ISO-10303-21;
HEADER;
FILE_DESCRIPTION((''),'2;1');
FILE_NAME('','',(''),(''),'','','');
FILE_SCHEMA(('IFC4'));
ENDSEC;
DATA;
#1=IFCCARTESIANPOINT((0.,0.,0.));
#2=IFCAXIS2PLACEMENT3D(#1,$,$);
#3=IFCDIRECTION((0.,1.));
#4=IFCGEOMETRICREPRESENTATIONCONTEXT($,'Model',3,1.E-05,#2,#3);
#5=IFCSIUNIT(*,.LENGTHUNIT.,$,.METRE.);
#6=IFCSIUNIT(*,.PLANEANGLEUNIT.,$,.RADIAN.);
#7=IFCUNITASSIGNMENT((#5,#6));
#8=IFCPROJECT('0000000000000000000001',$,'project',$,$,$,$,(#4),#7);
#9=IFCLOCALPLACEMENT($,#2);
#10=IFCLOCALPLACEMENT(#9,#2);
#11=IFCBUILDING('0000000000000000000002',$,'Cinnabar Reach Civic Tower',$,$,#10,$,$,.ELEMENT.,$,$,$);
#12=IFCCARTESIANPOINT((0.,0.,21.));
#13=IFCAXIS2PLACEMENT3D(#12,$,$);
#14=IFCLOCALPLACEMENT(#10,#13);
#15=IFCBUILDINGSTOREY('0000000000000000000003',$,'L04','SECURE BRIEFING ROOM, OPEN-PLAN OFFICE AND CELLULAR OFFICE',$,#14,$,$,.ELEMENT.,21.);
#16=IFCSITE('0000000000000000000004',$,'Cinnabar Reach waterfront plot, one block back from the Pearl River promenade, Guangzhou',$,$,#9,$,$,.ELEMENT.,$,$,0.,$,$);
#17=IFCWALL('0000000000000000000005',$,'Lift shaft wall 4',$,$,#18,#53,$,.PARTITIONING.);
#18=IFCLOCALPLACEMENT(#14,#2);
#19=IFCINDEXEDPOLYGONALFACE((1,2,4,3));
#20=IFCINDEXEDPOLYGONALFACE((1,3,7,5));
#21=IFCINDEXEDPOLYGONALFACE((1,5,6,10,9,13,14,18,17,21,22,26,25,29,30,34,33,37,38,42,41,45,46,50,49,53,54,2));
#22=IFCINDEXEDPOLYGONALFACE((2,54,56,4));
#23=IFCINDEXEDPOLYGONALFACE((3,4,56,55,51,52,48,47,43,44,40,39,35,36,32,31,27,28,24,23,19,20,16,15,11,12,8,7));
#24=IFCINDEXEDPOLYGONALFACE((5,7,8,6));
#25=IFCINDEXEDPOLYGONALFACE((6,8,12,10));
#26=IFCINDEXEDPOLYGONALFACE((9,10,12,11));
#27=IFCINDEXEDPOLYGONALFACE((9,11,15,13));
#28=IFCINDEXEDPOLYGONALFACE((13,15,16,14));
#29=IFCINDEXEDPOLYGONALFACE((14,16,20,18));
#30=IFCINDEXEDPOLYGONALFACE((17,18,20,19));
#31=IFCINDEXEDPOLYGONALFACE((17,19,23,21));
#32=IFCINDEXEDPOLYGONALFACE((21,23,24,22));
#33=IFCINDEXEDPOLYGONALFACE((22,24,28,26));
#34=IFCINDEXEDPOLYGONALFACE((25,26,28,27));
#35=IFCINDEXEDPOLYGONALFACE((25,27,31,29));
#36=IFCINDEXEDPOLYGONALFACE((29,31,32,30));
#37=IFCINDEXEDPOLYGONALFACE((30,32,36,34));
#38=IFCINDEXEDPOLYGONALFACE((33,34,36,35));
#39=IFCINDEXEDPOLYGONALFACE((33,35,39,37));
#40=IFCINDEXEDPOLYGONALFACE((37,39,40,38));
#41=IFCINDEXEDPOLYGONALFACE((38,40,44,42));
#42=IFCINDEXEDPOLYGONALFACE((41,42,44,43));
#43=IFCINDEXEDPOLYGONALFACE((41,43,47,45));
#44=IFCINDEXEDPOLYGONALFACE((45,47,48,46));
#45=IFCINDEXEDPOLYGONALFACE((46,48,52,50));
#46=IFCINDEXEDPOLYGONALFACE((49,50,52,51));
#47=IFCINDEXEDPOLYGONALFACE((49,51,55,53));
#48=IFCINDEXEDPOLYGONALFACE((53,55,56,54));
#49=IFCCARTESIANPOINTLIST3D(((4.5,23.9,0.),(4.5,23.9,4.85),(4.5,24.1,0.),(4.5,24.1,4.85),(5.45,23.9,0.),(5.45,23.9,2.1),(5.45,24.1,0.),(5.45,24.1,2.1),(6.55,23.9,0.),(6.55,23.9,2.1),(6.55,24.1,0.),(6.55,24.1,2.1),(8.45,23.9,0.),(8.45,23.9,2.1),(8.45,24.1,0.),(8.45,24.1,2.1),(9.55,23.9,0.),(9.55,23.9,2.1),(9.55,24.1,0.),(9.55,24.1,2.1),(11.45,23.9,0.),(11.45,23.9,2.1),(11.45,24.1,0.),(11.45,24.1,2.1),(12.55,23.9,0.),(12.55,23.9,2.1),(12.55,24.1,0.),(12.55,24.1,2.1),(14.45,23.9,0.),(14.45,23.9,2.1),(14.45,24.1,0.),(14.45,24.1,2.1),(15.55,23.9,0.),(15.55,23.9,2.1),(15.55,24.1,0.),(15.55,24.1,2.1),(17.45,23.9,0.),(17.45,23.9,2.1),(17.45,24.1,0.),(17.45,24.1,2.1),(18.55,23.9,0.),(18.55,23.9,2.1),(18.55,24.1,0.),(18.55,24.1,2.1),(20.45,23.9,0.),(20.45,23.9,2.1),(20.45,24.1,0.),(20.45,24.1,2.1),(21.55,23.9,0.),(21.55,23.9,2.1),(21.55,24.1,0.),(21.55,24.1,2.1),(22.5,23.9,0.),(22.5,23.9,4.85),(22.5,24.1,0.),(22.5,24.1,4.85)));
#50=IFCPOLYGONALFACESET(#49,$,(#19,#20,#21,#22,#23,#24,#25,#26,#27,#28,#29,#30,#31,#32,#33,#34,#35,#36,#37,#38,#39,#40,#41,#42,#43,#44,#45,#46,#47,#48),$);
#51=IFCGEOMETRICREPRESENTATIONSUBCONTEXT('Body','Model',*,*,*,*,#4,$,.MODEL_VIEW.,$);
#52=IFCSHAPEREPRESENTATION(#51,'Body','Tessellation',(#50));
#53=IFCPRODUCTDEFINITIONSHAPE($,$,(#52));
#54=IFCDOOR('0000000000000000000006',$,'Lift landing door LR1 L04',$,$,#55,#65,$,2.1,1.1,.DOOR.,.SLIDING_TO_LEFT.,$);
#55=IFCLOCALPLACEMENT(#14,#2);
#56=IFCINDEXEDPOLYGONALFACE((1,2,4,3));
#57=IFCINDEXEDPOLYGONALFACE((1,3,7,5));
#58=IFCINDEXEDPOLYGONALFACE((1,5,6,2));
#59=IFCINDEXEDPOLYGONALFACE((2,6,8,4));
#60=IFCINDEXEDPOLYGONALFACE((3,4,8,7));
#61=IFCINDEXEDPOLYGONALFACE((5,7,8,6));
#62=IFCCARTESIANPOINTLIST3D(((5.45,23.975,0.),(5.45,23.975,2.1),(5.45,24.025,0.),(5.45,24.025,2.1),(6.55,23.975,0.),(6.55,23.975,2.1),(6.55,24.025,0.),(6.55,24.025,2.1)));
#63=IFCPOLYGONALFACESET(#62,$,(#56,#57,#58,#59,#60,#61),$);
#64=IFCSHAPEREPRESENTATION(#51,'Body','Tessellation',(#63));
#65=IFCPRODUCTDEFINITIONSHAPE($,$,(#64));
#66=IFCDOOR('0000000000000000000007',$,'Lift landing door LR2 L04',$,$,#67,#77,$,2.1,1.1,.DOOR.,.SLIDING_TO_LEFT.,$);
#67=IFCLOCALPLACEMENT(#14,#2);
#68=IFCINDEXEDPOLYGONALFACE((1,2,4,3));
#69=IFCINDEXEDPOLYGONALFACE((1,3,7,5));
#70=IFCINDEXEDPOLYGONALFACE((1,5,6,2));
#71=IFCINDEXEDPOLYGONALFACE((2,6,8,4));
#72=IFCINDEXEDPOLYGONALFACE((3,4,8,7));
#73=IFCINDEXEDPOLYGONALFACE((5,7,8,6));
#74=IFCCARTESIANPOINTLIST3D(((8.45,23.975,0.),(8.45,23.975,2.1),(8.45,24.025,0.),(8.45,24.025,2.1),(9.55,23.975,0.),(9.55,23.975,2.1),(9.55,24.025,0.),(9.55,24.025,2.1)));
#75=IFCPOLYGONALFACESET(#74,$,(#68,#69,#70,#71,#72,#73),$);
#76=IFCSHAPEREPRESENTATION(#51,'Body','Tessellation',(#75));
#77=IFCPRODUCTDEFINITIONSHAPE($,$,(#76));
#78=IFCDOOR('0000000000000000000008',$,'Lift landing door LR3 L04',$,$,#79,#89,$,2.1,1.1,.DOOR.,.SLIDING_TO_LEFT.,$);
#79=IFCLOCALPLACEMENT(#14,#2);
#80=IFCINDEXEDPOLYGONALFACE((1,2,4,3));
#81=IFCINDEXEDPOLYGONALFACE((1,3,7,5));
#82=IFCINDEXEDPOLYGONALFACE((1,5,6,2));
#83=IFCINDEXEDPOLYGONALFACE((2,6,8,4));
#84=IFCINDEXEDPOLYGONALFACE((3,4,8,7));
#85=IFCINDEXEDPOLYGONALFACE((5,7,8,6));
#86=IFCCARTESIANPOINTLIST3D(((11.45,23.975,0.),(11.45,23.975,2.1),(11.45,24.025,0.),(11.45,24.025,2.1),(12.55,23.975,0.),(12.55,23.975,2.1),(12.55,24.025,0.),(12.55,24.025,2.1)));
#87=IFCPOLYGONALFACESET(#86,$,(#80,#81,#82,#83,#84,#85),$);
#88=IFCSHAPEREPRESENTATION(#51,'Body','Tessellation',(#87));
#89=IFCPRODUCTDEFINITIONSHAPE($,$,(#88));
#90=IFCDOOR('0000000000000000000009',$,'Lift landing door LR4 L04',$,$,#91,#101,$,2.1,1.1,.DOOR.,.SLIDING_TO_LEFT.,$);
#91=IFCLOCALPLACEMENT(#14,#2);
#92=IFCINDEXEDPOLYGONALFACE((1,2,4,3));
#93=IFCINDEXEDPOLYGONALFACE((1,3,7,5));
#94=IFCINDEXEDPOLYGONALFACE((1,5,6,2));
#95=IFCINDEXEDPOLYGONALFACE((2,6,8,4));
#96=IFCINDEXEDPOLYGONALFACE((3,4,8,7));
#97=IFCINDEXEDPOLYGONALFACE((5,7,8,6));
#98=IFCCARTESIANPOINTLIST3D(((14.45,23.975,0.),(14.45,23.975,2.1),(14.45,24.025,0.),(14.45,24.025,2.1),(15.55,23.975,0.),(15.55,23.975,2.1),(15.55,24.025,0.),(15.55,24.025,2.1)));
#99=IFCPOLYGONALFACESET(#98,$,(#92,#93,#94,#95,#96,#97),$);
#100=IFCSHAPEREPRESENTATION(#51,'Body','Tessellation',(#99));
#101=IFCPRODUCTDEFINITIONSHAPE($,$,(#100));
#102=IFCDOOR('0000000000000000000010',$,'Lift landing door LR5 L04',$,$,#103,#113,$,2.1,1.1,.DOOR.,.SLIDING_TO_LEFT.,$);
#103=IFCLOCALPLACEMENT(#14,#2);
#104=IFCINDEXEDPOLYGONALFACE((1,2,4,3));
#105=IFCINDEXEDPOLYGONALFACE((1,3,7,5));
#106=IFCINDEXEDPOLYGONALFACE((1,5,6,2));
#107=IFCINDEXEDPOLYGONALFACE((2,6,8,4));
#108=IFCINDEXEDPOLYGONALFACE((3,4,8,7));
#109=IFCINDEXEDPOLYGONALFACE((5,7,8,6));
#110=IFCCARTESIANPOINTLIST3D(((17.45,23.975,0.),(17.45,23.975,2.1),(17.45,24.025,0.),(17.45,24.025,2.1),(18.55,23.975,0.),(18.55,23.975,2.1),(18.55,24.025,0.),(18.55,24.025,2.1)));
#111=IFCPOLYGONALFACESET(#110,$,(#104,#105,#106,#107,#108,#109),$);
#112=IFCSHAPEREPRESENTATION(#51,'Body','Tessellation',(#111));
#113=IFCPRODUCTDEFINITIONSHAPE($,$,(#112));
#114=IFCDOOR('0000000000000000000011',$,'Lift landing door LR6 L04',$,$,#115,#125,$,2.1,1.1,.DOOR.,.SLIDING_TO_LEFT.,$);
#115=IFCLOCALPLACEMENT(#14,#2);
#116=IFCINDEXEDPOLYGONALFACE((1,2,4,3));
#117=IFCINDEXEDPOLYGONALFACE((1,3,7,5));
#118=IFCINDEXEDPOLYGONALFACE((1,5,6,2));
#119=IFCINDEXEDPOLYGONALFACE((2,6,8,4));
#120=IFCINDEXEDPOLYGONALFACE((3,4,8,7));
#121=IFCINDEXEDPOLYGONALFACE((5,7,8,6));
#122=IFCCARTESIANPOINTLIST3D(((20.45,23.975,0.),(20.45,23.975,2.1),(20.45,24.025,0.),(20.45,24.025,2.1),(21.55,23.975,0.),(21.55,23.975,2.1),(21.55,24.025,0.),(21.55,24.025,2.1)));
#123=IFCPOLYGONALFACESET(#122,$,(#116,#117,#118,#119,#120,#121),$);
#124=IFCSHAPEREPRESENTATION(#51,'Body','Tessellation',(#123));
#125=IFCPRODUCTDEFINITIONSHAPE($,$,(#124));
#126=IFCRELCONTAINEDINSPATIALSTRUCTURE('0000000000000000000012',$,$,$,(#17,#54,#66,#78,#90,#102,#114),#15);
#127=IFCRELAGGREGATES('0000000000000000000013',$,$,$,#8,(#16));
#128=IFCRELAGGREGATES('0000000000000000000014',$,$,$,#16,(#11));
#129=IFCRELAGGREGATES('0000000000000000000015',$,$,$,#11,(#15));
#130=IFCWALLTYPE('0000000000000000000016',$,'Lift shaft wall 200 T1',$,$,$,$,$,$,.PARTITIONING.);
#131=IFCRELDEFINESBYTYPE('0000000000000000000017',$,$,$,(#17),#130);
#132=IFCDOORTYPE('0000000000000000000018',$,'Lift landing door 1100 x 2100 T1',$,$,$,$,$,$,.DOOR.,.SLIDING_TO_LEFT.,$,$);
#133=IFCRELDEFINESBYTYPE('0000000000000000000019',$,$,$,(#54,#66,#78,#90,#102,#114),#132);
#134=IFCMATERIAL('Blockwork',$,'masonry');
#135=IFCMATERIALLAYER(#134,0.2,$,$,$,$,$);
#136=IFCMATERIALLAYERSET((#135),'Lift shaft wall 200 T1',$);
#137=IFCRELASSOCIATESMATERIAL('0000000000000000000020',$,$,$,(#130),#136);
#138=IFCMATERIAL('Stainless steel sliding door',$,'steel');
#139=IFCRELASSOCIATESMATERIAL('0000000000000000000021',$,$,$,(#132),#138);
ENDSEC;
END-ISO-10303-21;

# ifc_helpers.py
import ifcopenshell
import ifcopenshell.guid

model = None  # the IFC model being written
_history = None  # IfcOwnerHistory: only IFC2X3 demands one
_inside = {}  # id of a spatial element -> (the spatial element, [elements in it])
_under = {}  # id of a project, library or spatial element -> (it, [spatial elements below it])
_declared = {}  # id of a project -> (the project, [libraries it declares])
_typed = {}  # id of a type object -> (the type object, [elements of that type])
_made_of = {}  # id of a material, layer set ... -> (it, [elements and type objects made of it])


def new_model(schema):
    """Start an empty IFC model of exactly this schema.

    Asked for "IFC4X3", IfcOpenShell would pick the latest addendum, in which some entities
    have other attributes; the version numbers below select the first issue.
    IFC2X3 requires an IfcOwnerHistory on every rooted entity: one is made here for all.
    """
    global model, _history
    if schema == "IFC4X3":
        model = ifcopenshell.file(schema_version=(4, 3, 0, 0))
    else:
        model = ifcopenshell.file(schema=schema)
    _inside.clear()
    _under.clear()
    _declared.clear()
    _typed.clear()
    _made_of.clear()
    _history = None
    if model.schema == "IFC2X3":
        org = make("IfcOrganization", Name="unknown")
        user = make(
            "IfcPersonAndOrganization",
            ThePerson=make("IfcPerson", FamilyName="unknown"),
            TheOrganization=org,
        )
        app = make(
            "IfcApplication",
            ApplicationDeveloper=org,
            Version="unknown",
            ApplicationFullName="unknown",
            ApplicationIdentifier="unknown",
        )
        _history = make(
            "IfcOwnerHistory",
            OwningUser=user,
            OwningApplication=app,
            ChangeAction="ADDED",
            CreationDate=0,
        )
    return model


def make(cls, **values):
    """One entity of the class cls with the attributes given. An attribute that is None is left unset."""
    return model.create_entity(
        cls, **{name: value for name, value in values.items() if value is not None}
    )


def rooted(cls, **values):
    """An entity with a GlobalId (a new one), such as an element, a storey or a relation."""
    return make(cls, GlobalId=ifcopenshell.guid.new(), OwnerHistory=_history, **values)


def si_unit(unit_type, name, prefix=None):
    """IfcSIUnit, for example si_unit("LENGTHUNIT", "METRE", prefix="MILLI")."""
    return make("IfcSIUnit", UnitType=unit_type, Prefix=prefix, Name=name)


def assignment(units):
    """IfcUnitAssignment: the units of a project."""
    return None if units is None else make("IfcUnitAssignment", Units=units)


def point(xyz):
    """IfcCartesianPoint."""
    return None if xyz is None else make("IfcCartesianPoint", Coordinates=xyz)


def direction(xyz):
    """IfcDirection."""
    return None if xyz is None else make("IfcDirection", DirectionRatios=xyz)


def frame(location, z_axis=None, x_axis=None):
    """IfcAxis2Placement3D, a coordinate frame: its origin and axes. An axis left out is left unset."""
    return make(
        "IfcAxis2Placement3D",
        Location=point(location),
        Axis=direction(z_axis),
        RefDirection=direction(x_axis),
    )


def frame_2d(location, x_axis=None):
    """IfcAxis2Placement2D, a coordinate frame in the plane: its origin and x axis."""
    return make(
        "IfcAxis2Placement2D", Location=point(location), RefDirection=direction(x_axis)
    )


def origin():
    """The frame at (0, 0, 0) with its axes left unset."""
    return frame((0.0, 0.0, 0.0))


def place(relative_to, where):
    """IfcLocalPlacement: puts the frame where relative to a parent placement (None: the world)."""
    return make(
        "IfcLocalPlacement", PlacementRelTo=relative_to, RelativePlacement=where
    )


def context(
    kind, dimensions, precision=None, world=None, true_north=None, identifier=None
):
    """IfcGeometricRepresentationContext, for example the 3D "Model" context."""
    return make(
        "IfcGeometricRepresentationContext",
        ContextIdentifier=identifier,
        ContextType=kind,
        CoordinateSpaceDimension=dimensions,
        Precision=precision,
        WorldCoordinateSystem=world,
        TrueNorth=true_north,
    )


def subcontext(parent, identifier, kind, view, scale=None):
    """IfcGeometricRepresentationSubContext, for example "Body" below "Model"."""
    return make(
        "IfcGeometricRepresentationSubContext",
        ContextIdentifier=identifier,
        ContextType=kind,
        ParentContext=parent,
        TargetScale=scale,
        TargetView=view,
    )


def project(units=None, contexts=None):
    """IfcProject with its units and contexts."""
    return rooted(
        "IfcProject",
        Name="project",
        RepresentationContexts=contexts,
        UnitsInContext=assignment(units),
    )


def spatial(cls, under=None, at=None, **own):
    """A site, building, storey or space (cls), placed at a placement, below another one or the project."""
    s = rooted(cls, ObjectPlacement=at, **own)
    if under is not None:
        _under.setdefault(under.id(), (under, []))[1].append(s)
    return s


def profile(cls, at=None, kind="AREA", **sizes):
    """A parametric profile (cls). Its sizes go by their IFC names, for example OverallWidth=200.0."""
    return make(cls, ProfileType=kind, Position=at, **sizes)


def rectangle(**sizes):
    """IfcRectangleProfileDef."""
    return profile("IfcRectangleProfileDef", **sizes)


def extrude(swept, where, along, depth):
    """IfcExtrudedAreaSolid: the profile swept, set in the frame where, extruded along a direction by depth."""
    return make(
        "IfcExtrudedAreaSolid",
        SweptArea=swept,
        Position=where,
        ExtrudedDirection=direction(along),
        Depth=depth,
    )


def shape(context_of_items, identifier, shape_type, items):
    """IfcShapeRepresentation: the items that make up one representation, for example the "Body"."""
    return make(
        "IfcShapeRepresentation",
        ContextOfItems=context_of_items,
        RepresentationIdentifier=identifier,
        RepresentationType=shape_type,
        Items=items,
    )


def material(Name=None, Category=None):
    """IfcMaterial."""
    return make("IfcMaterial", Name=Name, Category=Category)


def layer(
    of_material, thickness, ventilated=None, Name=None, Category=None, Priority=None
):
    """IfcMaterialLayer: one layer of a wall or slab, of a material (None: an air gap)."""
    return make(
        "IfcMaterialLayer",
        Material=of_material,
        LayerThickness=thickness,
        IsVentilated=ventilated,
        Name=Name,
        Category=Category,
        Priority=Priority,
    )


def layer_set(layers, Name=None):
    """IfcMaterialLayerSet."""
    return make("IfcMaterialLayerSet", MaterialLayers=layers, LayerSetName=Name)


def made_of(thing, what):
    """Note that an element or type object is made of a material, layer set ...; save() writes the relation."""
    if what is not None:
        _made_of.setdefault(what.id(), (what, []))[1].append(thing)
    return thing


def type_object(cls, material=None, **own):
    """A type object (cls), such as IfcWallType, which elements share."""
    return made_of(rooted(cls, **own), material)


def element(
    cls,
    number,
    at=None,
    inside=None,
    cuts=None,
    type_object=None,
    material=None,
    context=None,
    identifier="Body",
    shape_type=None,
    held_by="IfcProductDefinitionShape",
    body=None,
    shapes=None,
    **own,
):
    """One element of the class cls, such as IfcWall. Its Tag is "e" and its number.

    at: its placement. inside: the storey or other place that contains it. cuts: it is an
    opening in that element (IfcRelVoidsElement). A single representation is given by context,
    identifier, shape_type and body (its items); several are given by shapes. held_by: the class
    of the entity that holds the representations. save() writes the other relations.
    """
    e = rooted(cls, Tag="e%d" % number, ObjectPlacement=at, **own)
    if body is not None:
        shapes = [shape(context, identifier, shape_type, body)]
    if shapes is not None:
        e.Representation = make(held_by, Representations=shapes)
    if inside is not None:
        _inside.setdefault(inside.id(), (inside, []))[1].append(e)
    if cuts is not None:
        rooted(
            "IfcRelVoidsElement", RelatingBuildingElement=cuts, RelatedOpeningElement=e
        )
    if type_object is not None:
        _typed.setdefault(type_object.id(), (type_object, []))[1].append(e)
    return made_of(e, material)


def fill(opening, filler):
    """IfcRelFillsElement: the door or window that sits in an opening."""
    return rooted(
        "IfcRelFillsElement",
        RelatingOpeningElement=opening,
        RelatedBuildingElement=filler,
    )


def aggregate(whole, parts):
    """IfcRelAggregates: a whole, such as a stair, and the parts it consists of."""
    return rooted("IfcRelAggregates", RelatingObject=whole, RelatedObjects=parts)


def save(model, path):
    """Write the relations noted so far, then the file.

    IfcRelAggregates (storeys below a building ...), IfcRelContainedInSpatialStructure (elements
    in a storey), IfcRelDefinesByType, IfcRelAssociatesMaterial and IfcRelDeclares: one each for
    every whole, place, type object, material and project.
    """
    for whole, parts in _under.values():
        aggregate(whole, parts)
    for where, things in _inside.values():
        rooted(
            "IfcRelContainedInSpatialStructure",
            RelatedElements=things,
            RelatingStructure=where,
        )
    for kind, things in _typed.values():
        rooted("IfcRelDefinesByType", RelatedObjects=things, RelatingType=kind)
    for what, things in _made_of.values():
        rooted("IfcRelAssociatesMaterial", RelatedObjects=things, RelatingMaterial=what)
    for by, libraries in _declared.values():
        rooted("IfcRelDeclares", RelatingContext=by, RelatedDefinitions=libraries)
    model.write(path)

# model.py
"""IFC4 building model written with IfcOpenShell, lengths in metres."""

from ifc_helpers import new_model, si_unit, direction, frame, frame_2d, origin, place, context, subcontext, project, spatial, rectangle, extrude, material, layer, layer_set, type_object, element, fill, save


model = new_model("IFC4")

# Units and contexts
model_context = context("Model", 3, precision=1e-05, world=origin(), true_north=direction((0.0, 1.0)))
body_context = subcontext(model_context, "Body", "Model", "MODEL_VIEW")
ifc_project = project(units=[si_unit("LENGTHUNIT", "METRE"), si_unit("PLANEANGLEUNIT", "RADIAN")], contexts=[model_context])

# Site, building, storey
site_placement = place(None, origin())
site = spatial("IfcSite", under=ifc_project, at=site_placement, Name="Cinnabar Reach waterfront plot, one block back from the Pearl River promenade, Guangzhou", CompositionType="ELEMENT", RefElevation=0.0)
building_placement = place(site_placement, origin())
building = spatial("IfcBuilding", under=site, at=building_placement, Name="Cinnabar Reach Civic Tower", CompositionType="ELEMENT")
storey_placement = place(building_placement, frame((0.0, 0.0, 21.0)))
storey = spatial("IfcBuildingStorey", under=building, at=storey_placement, Name="L04", Description="SECURE BRIEFING ROOM, OPEN-PLAN OFFICE AND CELLULAR OFFICE", CompositionType="ELEMENT", Elevation=21.0)

# Wall, openings, doors
ifc_material_1 = material(Name="Blockwork", Category="masonry")
ifc_layer_1 = layer(ifc_material_1, 0.2)
ifc_layer_set_1 = layer_set([ifc_layer_1], Name="Lift shaft wall 200 T1")
wall_type_1 = type_object("IfcWallType", Name="Lift shaft wall 200 T1", PredefinedType="PARTITIONING", material=ifc_layer_set_1)
wall_1_placement = place(storey_placement, frame((4.5, 24.0, 0.0), z_axis=(0.0, 0.0, 1.0), x_axis=(1.0, 0.0, 0.0)))
wall_1 = element("IfcWall", 1, at=wall_1_placement, inside=storey, type_object=wall_type_1, Name="Lift shaft wall 4", PredefinedType="PARTITIONING", context=body_context, shape_type="SweptSolid", body=[
    extrude(rectangle(XDim=18.0, YDim=0.2, at=frame_2d((9.0, 0.0))), origin(), (0.0, 0.0, 1.0), 4.85),
])
opening_1_placement = place(wall_1_placement, frame((0.95, 0.0, 0.0)))
opening_1 = element("IfcOpeningElement", 2, at=opening_1_placement, cuts=wall_1, PredefinedType="OPENING", context=body_context, shape_type="SweptSolid", body=[
    extrude(rectangle(XDim=1.1, YDim=2.1, at=frame_2d((0.55, 1.05))), frame((0.0, 0.11, 0.0), z_axis=(0.0, -1.0, 0.0), x_axis=(1.0, 0.0, 0.0)), (0.0, 0.0, 1.0), 0.22),
])
opening_2_placement = place(wall_1_placement, frame((3.95, 0.0, 0.0)))
opening_2 = element("IfcOpeningElement", 3, at=opening_2_placement, cuts=wall_1, PredefinedType="OPENING", context=body_context, shape_type="SweptSolid", body=[
    extrude(rectangle(XDim=1.1, YDim=2.1, at=frame_2d((0.55, 1.05))), frame((0.0, 0.11, 0.0), z_axis=(0.0, -1.0, 0.0), x_axis=(1.0, 0.0, 0.0)), (0.0, 0.0, 1.0), 0.22),
])
opening_3_placement = place(wall_1_placement, frame((6.95, 0.0, 0.0)))
opening_3 = element("IfcOpeningElement", 4, at=opening_3_placement, cuts=wall_1, PredefinedType="OPENING", context=body_context, shape_type="SweptSolid", body=[
    extrude(rectangle(XDim=1.1, YDim=2.1, at=frame_2d((0.55, 1.05))), frame((0.0, 0.11, 0.0), z_axis=(0.0, -1.0, 0.0), x_axis=(1.0, 0.0, 0.0)), (0.0, 0.0, 1.0), 0.22),
])
opening_4_placement = place(wall_1_placement, frame((9.95, 0.0, 0.0)))
opening_4 = element("IfcOpeningElement", 5, at=opening_4_placement, cuts=wall_1, PredefinedType="OPENING", context=body_context, shape_type="SweptSolid", body=[
    extrude(rectangle(XDim=1.1, YDim=2.1, at=frame_2d((0.55, 1.05))), frame((0.0, 0.11, 0.0), z_axis=(0.0, -1.0, 0.0), x_axis=(1.0, 0.0, 0.0)), (0.0, 0.0, 1.0), 0.22),
])
opening_5_placement = place(wall_1_placement, frame((12.95, 0.0, 0.0)))
opening_5 = element("IfcOpeningElement", 6, at=opening_5_placement, cuts=wall_1, PredefinedType="OPENING", context=body_context, shape_type="SweptSolid", body=[
    extrude(rectangle(XDim=1.1, YDim=2.1, at=frame_2d((0.55, 1.05))), frame((0.0, 0.11, 0.0), z_axis=(0.0, -1.0, 0.0), x_axis=(1.0, 0.0, 0.0)), (0.0, 0.0, 1.0), 0.22),
])
opening_6_placement = place(wall_1_placement, frame((15.95, 0.0, 0.0)))
opening_6 = element("IfcOpeningElement", 7, at=opening_6_placement, cuts=wall_1, PredefinedType="OPENING", context=body_context, shape_type="SweptSolid", body=[
    extrude(rectangle(XDim=1.1, YDim=2.1, at=frame_2d((0.55, 1.05))), frame((0.0, 0.11, 0.0), z_axis=(0.0, -1.0, 0.0), x_axis=(1.0, 0.0, 0.0)), (0.0, 0.0, 1.0), 0.22),
])
ifc_material_2 = material(Name="Stainless steel sliding door", Category="steel")
door_type_1 = type_object("IfcDoorType", Name="Lift landing door 1100 x 2100 T1", OperationType="SLIDING_TO_LEFT", PredefinedType="DOOR", material=ifc_material_2)
door_1_placement = place(opening_1_placement, origin())
door_1 = element("IfcDoor", 8, at=door_1_placement, inside=storey, type_object=door_type_1, Name="Lift landing door LR1 L04", OperationType="SLIDING_TO_LEFT", OverallHeight=2.1, OverallWidth=1.1, PredefinedType="DOOR", context=body_context, shape_type="SweptSolid", body=[
    extrude(rectangle(XDim=1.1, YDim=2.1, at=frame_2d((0.55, 1.05))), frame((0.0, 0.025, 0.0), z_axis=(0.0, -1.0, 0.0), x_axis=(1.0, 0.0, 0.0)), (0.0, 0.0, 1.0), 0.05),
])
fill(opening_1, door_1)
door_2_placement = place(opening_2_placement, origin())
door_2 = element("IfcDoor", 9, at=door_2_placement, inside=storey, type_object=door_type_1, Name="Lift landing door LR2 L04", OperationType="SLIDING_TO_LEFT", OverallHeight=2.1, OverallWidth=1.1, PredefinedType="DOOR", context=body_context, shape_type="SweptSolid", body=[
    extrude(rectangle(XDim=1.1, YDim=2.1, at=frame_2d((0.55, 1.05))), frame((0.0, 0.025, 0.0), z_axis=(0.0, -1.0, 0.0), x_axis=(1.0, 0.0, 0.0)), (0.0, 0.0, 1.0), 0.05),
])
fill(opening_2, door_2)
door_3_placement = place(opening_3_placement, origin())
door_3 = element("IfcDoor", 10, at=door_3_placement, inside=storey, type_object=door_type_1, Name="Lift landing door LR3 L04", OperationType="SLIDING_TO_LEFT", OverallHeight=2.1, OverallWidth=1.1, PredefinedType="DOOR", context=body_context, shape_type="SweptSolid", body=[
    extrude(rectangle(XDim=1.1, YDim=2.1, at=frame_2d((0.55, 1.05))), frame((0.0, 0.025, 0.0), z_axis=(0.0, -1.0, 0.0), x_axis=(1.0, 0.0, 0.0)), (0.0, 0.0, 1.0), 0.05),
])
fill(opening_3, door_3)
door_4_placement = place(opening_4_placement, origin())
door_4 = element("IfcDoor", 11, at=door_4_placement, inside=storey, type_object=door_type_1, Name="Lift landing door LR4 L04", OperationType="SLIDING_TO_LEFT", OverallHeight=2.1, OverallWidth=1.1, PredefinedType="DOOR", context=body_context, shape_type="SweptSolid", body=[
    extrude(rectangle(XDim=1.1, YDim=2.1, at=frame_2d((0.55, 1.05))), frame((0.0, 0.025, 0.0), z_axis=(0.0, -1.0, 0.0), x_axis=(1.0, 0.0, 0.0)), (0.0, 0.0, 1.0), 0.05),
])
fill(opening_4, door_4)
door_5_placement = place(opening_5_placement, origin())
door_5 = element("IfcDoor", 12, at=door_5_placement, inside=storey, type_object=door_type_1, Name="Lift landing door LR5 L04", OperationType="SLIDING_TO_LEFT", OverallHeight=2.1, OverallWidth=1.1, PredefinedType="DOOR", context=body_context, shape_type="SweptSolid", body=[
    extrude(rectangle(XDim=1.1, YDim=2.1, at=frame_2d((0.55, 1.05))), frame((0.0, 0.025, 0.0), z_axis=(0.0, -1.0, 0.0), x_axis=(1.0, 0.0, 0.0)), (0.0, 0.0, 1.0), 0.05),
])
fill(opening_5, door_5)
door_6_placement = place(opening_6_placement, origin())
door_6 = element("IfcDoor", 13, at=door_6_placement, inside=storey, type_object=door_type_1, Name="Lift landing door LR6 L04", OperationType="SLIDING_TO_LEFT", OverallHeight=2.1, OverallWidth=1.1, PredefinedType="DOOR", context=body_context, shape_type="SweptSolid", body=[
    extrude(rectangle(XDim=1.1, YDim=2.1, at=frame_2d((0.55, 1.05))), frame((0.0, 0.025, 0.0), z_axis=(0.0, -1.0, 0.0), x_axis=(1.0, 0.0, 0.0)), (0.0, 0.0, 1.0), 0.05),
])
fill(opening_6, door_6)

save(model, "model.ifc")
